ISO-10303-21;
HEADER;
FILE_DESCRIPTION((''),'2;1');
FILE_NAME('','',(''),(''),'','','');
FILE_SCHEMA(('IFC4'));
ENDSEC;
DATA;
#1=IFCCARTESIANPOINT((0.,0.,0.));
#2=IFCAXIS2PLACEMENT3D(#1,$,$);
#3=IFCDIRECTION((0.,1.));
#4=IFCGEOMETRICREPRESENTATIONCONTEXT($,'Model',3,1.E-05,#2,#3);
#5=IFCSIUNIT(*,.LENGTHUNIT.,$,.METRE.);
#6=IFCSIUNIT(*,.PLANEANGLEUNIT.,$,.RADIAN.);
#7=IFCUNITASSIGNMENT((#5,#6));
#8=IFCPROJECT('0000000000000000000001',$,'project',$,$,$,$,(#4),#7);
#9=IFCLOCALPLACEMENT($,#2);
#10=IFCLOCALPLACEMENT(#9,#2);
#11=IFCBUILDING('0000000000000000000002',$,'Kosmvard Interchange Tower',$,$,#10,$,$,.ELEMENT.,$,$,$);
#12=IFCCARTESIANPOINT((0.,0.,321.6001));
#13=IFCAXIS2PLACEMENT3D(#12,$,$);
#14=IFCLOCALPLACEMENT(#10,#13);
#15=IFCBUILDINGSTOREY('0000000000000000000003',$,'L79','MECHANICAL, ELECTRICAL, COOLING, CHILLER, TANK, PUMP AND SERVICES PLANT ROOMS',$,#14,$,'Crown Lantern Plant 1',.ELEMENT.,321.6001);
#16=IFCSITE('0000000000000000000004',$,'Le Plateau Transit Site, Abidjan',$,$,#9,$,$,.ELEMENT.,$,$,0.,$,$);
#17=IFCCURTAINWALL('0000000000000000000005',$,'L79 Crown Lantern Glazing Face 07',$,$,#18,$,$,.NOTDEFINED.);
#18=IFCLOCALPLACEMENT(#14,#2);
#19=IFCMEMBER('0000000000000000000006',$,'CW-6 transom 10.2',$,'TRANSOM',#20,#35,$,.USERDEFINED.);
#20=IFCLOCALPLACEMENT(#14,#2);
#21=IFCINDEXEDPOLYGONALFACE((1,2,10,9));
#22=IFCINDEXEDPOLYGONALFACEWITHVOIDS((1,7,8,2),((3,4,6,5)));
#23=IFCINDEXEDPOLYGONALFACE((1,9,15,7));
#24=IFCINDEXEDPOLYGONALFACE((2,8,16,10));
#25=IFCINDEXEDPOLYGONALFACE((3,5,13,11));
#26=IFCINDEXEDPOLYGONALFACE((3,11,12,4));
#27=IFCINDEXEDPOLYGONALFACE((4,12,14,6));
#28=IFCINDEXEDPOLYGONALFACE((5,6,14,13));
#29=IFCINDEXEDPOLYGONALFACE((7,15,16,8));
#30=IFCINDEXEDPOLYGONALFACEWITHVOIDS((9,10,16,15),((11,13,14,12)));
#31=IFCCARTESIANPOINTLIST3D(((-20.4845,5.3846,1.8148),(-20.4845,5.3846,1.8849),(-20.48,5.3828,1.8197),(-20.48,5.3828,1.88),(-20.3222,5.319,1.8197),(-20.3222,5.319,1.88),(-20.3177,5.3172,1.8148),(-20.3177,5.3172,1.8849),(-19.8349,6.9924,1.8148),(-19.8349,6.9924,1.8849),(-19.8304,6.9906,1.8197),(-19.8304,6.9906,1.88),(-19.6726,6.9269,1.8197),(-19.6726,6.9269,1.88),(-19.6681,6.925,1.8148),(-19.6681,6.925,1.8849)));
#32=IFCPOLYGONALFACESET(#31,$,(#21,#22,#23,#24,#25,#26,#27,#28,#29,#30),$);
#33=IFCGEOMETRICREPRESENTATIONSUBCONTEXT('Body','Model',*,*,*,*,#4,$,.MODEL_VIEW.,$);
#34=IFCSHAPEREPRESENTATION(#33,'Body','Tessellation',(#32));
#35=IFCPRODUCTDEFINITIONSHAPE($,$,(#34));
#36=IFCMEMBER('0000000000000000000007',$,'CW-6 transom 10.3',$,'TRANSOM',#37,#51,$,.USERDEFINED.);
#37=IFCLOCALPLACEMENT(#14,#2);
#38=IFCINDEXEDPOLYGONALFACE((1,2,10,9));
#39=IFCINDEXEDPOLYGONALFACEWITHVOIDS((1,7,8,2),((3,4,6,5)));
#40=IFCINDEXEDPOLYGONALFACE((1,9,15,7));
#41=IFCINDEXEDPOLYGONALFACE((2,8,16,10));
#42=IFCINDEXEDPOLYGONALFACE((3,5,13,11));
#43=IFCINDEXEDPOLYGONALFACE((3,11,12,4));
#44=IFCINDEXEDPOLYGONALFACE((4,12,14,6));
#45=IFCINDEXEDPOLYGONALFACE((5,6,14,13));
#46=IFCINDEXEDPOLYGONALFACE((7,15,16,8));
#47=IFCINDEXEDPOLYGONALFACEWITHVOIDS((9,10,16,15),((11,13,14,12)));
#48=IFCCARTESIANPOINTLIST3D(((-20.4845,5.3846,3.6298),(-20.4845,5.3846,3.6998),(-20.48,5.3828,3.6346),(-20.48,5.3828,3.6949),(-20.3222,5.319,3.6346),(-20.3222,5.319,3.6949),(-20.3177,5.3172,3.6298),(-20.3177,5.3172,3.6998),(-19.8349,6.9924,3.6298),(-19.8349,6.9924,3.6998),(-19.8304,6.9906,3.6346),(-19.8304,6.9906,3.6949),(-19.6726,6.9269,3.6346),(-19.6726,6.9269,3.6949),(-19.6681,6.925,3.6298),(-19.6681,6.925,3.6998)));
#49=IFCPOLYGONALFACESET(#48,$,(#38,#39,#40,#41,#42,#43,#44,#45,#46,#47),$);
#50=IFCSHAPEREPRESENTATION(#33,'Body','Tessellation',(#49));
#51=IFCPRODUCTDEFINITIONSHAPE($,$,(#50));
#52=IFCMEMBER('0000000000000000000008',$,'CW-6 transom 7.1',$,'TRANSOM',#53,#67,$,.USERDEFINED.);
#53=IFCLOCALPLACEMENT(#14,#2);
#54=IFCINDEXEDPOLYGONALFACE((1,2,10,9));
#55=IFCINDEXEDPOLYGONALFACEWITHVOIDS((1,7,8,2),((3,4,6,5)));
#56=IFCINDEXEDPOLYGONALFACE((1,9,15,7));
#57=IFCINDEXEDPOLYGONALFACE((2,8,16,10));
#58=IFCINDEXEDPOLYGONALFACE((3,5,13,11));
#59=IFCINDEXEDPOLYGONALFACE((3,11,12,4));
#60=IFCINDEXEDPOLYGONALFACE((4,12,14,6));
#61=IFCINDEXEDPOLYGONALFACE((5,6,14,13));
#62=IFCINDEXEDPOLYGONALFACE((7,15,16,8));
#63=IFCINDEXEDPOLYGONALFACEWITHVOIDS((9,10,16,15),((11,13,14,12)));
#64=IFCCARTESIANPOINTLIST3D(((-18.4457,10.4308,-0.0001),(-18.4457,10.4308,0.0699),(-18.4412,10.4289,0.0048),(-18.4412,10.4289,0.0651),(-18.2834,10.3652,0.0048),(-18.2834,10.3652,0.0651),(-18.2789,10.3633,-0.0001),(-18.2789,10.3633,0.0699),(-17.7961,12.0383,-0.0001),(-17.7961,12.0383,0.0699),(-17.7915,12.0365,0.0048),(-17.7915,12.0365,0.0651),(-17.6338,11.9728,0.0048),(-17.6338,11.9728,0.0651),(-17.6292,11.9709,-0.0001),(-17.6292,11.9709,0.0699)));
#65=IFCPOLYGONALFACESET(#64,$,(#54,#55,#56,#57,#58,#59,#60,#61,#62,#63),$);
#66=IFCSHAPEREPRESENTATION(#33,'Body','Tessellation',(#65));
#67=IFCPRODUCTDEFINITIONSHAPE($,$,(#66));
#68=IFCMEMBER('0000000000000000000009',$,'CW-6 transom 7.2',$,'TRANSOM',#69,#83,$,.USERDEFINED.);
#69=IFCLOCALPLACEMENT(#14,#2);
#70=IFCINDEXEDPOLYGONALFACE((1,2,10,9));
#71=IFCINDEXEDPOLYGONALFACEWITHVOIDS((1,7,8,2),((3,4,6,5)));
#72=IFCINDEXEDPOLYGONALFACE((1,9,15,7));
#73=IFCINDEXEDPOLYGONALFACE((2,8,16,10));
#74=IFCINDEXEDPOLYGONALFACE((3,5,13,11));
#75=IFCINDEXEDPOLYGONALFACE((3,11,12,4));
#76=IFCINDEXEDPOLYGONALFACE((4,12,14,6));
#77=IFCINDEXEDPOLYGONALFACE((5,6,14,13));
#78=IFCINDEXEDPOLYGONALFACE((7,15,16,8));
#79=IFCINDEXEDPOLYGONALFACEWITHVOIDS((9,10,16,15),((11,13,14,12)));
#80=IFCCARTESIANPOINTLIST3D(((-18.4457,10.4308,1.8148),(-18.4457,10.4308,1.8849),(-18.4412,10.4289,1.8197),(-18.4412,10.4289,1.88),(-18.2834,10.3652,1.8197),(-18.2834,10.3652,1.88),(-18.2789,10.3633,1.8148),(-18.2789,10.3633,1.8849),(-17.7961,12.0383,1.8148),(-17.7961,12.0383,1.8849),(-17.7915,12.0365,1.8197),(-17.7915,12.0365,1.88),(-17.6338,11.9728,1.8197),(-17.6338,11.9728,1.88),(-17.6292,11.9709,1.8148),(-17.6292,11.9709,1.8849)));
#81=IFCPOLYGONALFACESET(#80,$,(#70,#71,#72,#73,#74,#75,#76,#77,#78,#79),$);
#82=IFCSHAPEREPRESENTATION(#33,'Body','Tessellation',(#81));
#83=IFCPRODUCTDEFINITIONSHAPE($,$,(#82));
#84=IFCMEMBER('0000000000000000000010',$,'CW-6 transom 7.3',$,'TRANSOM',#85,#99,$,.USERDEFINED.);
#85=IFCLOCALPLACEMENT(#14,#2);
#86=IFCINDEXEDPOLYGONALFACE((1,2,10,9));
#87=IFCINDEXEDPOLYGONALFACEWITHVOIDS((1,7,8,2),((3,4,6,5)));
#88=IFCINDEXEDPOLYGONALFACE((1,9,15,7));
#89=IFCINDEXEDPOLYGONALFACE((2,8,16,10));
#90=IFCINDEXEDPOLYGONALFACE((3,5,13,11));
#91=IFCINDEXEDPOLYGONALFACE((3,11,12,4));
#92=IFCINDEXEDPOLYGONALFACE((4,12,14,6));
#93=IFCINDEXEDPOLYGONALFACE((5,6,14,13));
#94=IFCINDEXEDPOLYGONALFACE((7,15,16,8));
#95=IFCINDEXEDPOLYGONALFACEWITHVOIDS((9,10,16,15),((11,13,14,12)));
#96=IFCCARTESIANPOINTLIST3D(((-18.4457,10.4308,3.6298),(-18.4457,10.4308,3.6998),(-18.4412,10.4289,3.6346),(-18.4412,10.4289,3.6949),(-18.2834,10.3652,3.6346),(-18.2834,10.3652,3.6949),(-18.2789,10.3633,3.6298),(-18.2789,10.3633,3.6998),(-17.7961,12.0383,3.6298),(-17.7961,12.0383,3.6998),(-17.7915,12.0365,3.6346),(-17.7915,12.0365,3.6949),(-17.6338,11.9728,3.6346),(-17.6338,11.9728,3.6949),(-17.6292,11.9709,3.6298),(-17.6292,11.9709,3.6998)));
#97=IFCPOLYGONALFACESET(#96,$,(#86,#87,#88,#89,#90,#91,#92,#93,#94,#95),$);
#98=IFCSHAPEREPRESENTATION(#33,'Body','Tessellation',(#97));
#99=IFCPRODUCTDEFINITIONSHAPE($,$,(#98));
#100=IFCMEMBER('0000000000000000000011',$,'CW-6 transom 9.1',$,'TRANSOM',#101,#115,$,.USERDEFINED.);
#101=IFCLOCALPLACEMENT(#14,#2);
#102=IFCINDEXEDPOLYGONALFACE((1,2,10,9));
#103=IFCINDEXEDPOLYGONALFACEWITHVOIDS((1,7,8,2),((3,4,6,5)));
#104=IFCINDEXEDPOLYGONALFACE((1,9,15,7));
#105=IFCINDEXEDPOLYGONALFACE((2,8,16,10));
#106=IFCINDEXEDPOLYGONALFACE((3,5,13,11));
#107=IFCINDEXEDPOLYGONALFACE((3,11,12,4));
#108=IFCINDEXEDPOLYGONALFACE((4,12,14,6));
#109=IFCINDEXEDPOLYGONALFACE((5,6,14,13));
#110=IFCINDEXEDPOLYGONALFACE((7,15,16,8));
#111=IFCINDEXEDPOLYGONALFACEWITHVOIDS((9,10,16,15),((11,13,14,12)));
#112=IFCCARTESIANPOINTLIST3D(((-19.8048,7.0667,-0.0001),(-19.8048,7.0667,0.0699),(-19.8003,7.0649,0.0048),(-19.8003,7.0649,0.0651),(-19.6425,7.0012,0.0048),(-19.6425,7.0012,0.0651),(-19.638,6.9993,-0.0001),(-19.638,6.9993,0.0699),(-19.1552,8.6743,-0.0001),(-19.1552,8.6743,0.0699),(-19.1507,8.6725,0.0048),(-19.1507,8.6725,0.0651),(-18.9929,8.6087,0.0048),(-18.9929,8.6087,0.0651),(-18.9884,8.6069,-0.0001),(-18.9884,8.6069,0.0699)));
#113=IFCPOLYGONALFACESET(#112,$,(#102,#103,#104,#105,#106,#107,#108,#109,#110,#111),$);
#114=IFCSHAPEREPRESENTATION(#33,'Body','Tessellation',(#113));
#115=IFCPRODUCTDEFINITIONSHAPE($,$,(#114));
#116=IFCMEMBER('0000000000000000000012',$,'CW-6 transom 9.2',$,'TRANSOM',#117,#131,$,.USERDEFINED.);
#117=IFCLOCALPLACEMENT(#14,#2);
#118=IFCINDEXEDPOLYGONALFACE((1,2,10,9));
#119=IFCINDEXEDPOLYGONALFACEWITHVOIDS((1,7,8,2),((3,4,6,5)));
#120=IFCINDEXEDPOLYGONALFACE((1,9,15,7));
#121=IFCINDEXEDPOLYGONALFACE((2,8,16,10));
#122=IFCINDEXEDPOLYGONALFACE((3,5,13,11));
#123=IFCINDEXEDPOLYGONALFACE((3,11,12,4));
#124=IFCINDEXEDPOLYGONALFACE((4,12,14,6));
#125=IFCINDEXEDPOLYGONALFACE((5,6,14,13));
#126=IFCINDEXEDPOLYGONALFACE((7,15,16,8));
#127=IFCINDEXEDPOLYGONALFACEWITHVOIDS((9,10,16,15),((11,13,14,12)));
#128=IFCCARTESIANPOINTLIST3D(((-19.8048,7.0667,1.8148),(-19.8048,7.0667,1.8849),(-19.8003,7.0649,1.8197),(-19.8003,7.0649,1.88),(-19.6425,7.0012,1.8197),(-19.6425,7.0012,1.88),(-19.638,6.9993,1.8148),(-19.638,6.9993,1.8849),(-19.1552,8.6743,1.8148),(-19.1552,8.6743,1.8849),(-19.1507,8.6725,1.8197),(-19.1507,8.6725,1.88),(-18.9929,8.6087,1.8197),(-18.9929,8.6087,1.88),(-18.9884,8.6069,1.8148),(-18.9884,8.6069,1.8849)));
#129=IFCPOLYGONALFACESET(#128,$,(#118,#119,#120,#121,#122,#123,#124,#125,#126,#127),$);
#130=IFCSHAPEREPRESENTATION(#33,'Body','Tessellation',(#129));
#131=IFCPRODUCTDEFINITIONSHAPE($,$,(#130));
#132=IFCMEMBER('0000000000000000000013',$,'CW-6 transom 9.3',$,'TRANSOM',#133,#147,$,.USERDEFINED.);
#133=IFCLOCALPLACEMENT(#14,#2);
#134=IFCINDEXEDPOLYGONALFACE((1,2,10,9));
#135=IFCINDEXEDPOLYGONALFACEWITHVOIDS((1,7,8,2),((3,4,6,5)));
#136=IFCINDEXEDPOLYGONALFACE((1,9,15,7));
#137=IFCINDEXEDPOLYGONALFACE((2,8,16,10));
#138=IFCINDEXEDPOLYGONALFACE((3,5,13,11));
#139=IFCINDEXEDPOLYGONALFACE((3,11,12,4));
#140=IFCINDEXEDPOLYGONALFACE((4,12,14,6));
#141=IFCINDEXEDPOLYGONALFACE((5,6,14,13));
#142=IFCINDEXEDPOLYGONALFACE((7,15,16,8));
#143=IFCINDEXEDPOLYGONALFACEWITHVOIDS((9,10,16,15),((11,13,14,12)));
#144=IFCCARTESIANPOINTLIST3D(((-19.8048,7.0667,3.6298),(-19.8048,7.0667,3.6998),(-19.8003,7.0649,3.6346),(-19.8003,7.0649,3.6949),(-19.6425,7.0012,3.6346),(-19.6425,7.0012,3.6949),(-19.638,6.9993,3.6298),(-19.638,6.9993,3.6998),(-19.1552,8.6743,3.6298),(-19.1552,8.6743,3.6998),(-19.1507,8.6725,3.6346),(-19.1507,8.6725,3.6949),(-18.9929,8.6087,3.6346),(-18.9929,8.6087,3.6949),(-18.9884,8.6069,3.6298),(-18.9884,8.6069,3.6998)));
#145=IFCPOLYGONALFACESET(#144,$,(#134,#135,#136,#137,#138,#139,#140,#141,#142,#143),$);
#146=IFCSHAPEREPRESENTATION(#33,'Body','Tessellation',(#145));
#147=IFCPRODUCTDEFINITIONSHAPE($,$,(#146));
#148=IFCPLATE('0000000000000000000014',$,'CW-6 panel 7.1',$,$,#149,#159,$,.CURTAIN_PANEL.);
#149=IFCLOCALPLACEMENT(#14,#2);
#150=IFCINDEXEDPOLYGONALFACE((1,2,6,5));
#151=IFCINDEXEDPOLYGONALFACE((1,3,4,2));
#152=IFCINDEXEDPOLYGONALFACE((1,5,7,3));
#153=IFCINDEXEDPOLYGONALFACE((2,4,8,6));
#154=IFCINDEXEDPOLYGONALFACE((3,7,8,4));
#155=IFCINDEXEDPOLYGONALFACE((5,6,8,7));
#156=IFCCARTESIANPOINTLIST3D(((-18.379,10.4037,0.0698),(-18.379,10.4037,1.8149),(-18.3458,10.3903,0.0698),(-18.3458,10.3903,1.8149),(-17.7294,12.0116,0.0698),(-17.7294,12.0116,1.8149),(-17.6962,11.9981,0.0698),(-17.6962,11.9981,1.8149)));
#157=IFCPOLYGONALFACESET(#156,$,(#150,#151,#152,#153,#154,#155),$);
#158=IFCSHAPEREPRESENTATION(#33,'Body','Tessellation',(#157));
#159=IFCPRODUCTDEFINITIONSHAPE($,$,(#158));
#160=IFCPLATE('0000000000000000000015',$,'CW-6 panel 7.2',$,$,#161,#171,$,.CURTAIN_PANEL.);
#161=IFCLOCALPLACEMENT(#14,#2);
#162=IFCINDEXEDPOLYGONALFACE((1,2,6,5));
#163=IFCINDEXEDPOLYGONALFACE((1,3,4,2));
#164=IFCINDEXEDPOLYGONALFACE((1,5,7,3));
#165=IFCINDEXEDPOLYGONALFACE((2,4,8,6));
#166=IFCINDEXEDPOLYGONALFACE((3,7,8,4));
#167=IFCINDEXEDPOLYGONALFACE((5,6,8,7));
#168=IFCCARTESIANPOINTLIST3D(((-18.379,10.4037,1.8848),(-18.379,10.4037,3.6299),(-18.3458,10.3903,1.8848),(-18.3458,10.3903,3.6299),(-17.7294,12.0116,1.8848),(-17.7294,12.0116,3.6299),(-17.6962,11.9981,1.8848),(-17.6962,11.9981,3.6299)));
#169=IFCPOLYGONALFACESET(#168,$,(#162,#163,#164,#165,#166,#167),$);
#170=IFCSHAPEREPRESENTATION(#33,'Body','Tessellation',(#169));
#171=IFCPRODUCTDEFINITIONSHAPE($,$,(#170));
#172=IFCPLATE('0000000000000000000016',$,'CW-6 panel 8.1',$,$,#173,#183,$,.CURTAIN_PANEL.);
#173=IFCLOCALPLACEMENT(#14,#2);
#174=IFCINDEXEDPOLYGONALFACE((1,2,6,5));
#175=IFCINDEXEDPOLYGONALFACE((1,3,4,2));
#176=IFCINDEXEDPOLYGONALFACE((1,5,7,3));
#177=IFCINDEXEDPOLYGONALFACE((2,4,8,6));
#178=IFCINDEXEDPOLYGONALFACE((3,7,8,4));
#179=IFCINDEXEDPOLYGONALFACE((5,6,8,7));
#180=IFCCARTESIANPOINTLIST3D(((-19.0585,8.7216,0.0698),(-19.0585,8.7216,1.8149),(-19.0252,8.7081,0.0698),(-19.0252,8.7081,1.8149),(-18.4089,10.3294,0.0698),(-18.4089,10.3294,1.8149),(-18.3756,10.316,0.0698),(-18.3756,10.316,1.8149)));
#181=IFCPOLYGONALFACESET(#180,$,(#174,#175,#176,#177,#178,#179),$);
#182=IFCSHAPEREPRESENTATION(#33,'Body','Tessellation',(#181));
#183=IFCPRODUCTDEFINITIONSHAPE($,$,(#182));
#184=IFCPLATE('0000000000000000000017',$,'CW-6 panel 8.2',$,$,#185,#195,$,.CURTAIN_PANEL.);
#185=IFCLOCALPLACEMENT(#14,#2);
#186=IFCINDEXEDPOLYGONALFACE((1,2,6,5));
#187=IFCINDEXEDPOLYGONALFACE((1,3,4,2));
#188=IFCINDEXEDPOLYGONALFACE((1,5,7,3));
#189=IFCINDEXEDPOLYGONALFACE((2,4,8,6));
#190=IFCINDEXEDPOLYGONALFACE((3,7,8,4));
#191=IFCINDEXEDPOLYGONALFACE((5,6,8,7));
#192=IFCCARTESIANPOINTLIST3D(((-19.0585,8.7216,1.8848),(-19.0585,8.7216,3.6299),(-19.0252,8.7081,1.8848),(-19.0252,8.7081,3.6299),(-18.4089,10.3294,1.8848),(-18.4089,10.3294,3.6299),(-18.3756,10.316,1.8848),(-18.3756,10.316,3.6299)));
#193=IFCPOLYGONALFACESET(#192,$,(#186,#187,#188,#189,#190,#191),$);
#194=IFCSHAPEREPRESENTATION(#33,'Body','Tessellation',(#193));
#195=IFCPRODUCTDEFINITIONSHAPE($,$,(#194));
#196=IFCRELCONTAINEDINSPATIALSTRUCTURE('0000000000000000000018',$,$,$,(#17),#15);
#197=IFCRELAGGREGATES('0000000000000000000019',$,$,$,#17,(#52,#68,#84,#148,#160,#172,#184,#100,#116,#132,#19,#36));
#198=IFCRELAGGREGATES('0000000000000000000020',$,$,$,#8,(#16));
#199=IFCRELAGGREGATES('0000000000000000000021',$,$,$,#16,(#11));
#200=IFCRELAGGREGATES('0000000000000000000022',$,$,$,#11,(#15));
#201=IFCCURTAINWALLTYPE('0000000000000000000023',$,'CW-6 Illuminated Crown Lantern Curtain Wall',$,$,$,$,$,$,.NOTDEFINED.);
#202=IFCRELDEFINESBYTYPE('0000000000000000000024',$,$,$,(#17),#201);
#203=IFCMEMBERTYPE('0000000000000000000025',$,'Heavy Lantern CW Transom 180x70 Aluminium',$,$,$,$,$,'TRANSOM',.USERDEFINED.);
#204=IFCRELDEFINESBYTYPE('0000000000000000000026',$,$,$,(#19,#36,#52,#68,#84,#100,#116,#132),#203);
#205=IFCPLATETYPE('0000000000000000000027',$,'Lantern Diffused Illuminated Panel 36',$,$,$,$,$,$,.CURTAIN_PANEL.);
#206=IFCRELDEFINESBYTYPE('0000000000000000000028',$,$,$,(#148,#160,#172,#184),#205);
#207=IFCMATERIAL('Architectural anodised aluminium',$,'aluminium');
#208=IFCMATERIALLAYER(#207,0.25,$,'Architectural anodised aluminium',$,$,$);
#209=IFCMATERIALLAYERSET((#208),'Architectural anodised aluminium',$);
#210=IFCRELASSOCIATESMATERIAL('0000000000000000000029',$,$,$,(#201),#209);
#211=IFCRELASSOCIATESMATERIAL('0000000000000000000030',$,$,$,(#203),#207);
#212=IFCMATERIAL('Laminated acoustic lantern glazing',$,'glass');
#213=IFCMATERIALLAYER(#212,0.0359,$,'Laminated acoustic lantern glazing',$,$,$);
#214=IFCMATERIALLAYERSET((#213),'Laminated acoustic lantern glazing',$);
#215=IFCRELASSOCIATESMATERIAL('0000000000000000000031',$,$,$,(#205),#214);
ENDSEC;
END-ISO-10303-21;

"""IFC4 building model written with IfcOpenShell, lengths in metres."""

from ifc_helpers import new_model, si_unit, direction, frame, origin, origin_2d, place, context, subcontext, project, spatial, rectangle, hollow_rectangle, extrude, source, transform, mapped, material, layer, layer_set, material_profile, profile_set, type_object, element, aggregate, save


model = new_model("IFC4")

# Units and contexts
model_context = context("Model", 3, precision=1e-05, world=origin(), true_north=direction((0.0, 1.0)))
body_context = subcontext(model_context, "Body", "Model", "MODEL_VIEW")
ifc_project = project(units=[si_unit("LENGTHUNIT", "METRE"), si_unit("PLANEANGLEUNIT", "RADIAN")], contexts=[model_context])

# Site, building, storey
site_placement = place(None, origin())
site = spatial("IfcSite", under=ifc_project, at=site_placement, Name="Le Plateau Transit Site, Abidjan", CompositionType="ELEMENT", RefElevation=0.0)
building_placement = place(site_placement, origin())
building = spatial("IfcBuilding", under=site, at=building_placement, Name="Kosmvard Interchange Tower", CompositionType="ELEMENT")
storey_placement = place(building_placement, frame((0.0, 0.0, 321.6001)))
storey = spatial("IfcBuildingStorey", under=building, at=storey_placement, Name="L79", Description="MECHANICAL, ELECTRICAL, COOLING, CHILLER, TANK, PUMP AND SERVICES PLANT ROOMS", LongName="Crown Lantern Plant 1", CompositionType="ELEMENT", Elevation=321.6001)

# Curtain wall, members, plates
ifc_material_1 = material(Name="Architectural anodised aluminium", Category="aluminium")
ifc_layer_1 = layer(ifc_material_1, 0.25, Name="Architectural anodised aluminium")
ifc_layer_set_1 = layer_set([ifc_layer_1], Name="Architectural anodised aluminium")
curtain_wall_type = type_object("IfcCurtainWallType", Name="CW-6 Illuminated Crown Lantern Curtain Wall", PredefinedType="NOTDEFINED", material=ifc_layer_set_1)
curtain_wall_placement = place(storey_placement, origin())
curtain_wall = element("IfcCurtainWall", 1, at=curtain_wall_placement, inside=storey, type_object=curtain_wall_type, Name="L79 Crown Lantern Glazing Face 07", PredefinedType="NOTDEFINED")
ifc_material_profile_1 = material_profile(ifc_material_1, hollow_rectangle(XDim=0.1799, YDim=0.0701, WallThickness=0.0049, at=origin_2d()), Name="CWT 180x70x5")
ifc_profile_set_1 = profile_set([ifc_material_profile_1], Name="Architectural anodised aluminium")
member_type_1 = type_object("IfcMemberType", Name="Heavy Lantern CW Transom 180x70 Aluminium", ElementType="TRANSOM", PredefinedType="USERDEFINED", material=ifc_profile_set_1)
shared_shape_1 = source(origin(), body_context, "Body", "SweptSolid", [
    extrude(hollow_rectangle(XDim=0.1799, YDim=0.0701, WallThickness=0.0049, at=origin_2d()), origin(), (0.0, 0.0, 1.0), 1.7341),
])
member_1_placement = place(storey_placement, frame((-19.7515, 6.9587, 1.8499), z_axis=(-0.374617, -0.92718, 0.0), x_axis=(0.92718, -0.374617, 0.0)))
member_1 = element("IfcMember", 2, at=member_1_placement, type_object=member_type_1, Name="CW-6 transom 10.2", ObjectType="TRANSOM", PredefinedType="USERDEFINED", context=body_context, shape_type="MappedRepresentation", body=[
    mapped(shared_shape_1, transform((0.0, 0.0, 0.0), scale=1.0)),
])
member_2_placement = place(storey_placement, frame((-19.7515, 6.9587, 3.6648), z_axis=(-0.374617, -0.92718, 0.0), x_axis=(0.92718, -0.374617, 0.0)))
member_2 = element("IfcMember", 3, at=member_2_placement, type_object=member_type_1, Name="CW-6 transom 10.3", ObjectType="TRANSOM", PredefinedType="USERDEFINED", context=body_context, shape_type="MappedRepresentation", body=[
    mapped(shared_shape_1, transform((0.0, 0.0, 0.0), scale=1.0)),
])
shared_shape_2 = source(origin(), body_context, "Body", "SweptSolid", [
    extrude(hollow_rectangle(XDim=0.1799, YDim=0.0701, WallThickness=0.0049, at=origin_2d()), origin(), (0.0, 0.0, 1.0), 1.7339),
])
member_3_placement = place(storey_placement, frame((-17.7126, 12.0046, 0.0349), z_axis=(-0.374666, -0.92716, 0.0), x_axis=(0.92716, -0.374666, 0.0)))
member_3 = element("IfcMember", 4, at=member_3_placement, type_object=member_type_1, Name="CW-6 transom 7.1", ObjectType="TRANSOM", PredefinedType="USERDEFINED", context=body_context, shape_type="MappedRepresentation", body=[
    mapped(shared_shape_2, transform((0.0, 0.0, 0.0), scale=1.0)),
])
member_4_placement = place(storey_placement, frame((-17.7126, 12.0046, 1.8499), z_axis=(-0.374666, -0.92716, 0.0), x_axis=(0.92716, -0.374666, 0.0)))
member_4 = element("IfcMember", 5, at=member_4_placement, type_object=member_type_1, Name="CW-6 transom 7.2", ObjectType="TRANSOM", PredefinedType="USERDEFINED", context=body_context, shape_type="MappedRepresentation", body=[
    mapped(shared_shape_2, transform((0.0, 0.0, 0.0), scale=1.0)),
])
member_5_placement = place(storey_placement, frame((-17.7126, 12.0046, 3.6648), z_axis=(-0.374666, -0.92716, 0.0), x_axis=(0.92716, -0.374666, 0.0)))
member_5 = element("IfcMember", 6, at=member_5_placement, type_object=member_type_1, Name="CW-6 transom 7.3", ObjectType="TRANSOM", PredefinedType="USERDEFINED", context=body_context, shape_type="MappedRepresentation", body=[
    mapped(shared_shape_2, transform((0.0, 0.0, 0.0), scale=1.0)),
])
member_6_placement = place(storey_placement, frame((-19.0718, 8.6406, 0.0349), z_axis=(-0.374666, -0.92716, 0.0), x_axis=(0.92716, -0.374666, 0.0)))
member_6 = element("IfcMember", 7, at=member_6_placement, type_object=member_type_1, Name="CW-6 transom 9.1", ObjectType="TRANSOM", PredefinedType="USERDEFINED", context=body_context, shape_type="MappedRepresentation", body=[
    mapped(shared_shape_2, transform((0.0, 0.0, 0.0), scale=1.0)),
])
member_7_placement = place(storey_placement, frame((-19.0718, 8.6406, 1.8499), z_axis=(-0.374666, -0.92716, 0.0), x_axis=(0.92716, -0.374666, 0.0)))
member_7 = element("IfcMember", 8, at=member_7_placement, type_object=member_type_1, Name="CW-6 transom 9.2", ObjectType="TRANSOM", PredefinedType="USERDEFINED", context=body_context, shape_type="MappedRepresentation", body=[
    mapped(shared_shape_2, transform((0.0, 0.0, 0.0), scale=1.0)),
])
member_8_placement = place(storey_placement, frame((-19.0718, 8.6406, 3.6648), z_axis=(-0.374666, -0.92716, 0.0), x_axis=(0.92716, -0.374666, 0.0)))
member_8 = element("IfcMember", 9, at=member_8_placement, type_object=member_type_1, Name="CW-6 transom 9.3", ObjectType="TRANSOM", PredefinedType="USERDEFINED", context=body_context, shape_type="MappedRepresentation", body=[
    mapped(shared_shape_2, transform((0.0, 0.0, 0.0), scale=1.0)),
])
ifc_material_2 = material(Name="Laminated acoustic lantern glazing", Category="glass")
ifc_layer_2 = layer(ifc_material_2, 0.0359, Name="Laminated acoustic lantern glazing")
ifc_layer_set_2 = layer_set([ifc_layer_2], Name="Laminated acoustic lantern glazing")
plate_type = type_object("IfcPlateType", Name="Lantern Diffused Illuminated Panel 36", PredefinedType="CURTAIN_PANEL", material=ifc_layer_set_2)
shared_shape_3 = source(origin(), body_context, "Body", "SweptSolid", [
    extrude(rectangle(XDim=1.7341, YDim=0.0359, at=origin_2d()), origin(), (0.0, 0.0, 1.0), 1.7451),
])
plate_1_placement = place(storey_placement, frame((-18.0376, 11.2009, 0.0698), z_axis=(0.0, 0.0, 1.0), x_axis=(-0.374607, -0.927184, 0.0)))
plate_1 = element("IfcPlate", 10, at=plate_1_placement, type_object=plate_type, Name="CW-6 panel 7.1", PredefinedType="CURTAIN_PANEL", context=body_context, shape_type="MappedRepresentation", body=[
    mapped(shared_shape_3, transform((0.0, 0.0, 0.0), scale=1.0)),
])
plate_2_placement = place(storey_placement, frame((-18.0376, 11.2009, 1.8848), z_axis=(0.0, 0.0, 1.0), x_axis=(-0.374607, -0.927184, 0.0)))
plate_2 = element("IfcPlate", 11, at=plate_2_placement, type_object=plate_type, Name="CW-6 panel 7.2", PredefinedType="CURTAIN_PANEL", context=body_context, shape_type="MappedRepresentation", body=[
    mapped(shared_shape_3, transform((0.0, 0.0, 0.0), scale=1.0)),
])
plate_3_placement = place(storey_placement, frame((-18.717, 9.5188, 0.0698), z_axis=(0.0, 0.0, 1.0), x_axis=(-0.374607, -0.927184, 0.0)))
plate_3 = element("IfcPlate", 12, at=plate_3_placement, type_object=plate_type, Name="CW-6 panel 8.1", PredefinedType="CURTAIN_PANEL", context=body_context, shape_type="MappedRepresentation", body=[
    mapped(shared_shape_3, transform((0.0, 0.0, 0.0), scale=1.0)),
])
plate_4_placement = place(storey_placement, frame((-18.717, 9.5188, 1.8848), z_axis=(0.0, 0.0, 1.0), x_axis=(-0.374607, -0.927184, 0.0)))
plate_4 = element("IfcPlate", 13, at=plate_4_placement, type_object=plate_type, Name="CW-6 panel 8.2", PredefinedType="CURTAIN_PANEL", context=body_context, shape_type="MappedRepresentation", body=[
    mapped(shared_shape_3, transform((0.0, 0.0, 0.0), scale=1.0)),
])
aggregate(curtain_wall, [member_3, member_4, member_5, plate_1, plate_2, plate_3, plate_4, member_6, member_7, member_8, member_1, member_2])

save(model, "model.ifc")
